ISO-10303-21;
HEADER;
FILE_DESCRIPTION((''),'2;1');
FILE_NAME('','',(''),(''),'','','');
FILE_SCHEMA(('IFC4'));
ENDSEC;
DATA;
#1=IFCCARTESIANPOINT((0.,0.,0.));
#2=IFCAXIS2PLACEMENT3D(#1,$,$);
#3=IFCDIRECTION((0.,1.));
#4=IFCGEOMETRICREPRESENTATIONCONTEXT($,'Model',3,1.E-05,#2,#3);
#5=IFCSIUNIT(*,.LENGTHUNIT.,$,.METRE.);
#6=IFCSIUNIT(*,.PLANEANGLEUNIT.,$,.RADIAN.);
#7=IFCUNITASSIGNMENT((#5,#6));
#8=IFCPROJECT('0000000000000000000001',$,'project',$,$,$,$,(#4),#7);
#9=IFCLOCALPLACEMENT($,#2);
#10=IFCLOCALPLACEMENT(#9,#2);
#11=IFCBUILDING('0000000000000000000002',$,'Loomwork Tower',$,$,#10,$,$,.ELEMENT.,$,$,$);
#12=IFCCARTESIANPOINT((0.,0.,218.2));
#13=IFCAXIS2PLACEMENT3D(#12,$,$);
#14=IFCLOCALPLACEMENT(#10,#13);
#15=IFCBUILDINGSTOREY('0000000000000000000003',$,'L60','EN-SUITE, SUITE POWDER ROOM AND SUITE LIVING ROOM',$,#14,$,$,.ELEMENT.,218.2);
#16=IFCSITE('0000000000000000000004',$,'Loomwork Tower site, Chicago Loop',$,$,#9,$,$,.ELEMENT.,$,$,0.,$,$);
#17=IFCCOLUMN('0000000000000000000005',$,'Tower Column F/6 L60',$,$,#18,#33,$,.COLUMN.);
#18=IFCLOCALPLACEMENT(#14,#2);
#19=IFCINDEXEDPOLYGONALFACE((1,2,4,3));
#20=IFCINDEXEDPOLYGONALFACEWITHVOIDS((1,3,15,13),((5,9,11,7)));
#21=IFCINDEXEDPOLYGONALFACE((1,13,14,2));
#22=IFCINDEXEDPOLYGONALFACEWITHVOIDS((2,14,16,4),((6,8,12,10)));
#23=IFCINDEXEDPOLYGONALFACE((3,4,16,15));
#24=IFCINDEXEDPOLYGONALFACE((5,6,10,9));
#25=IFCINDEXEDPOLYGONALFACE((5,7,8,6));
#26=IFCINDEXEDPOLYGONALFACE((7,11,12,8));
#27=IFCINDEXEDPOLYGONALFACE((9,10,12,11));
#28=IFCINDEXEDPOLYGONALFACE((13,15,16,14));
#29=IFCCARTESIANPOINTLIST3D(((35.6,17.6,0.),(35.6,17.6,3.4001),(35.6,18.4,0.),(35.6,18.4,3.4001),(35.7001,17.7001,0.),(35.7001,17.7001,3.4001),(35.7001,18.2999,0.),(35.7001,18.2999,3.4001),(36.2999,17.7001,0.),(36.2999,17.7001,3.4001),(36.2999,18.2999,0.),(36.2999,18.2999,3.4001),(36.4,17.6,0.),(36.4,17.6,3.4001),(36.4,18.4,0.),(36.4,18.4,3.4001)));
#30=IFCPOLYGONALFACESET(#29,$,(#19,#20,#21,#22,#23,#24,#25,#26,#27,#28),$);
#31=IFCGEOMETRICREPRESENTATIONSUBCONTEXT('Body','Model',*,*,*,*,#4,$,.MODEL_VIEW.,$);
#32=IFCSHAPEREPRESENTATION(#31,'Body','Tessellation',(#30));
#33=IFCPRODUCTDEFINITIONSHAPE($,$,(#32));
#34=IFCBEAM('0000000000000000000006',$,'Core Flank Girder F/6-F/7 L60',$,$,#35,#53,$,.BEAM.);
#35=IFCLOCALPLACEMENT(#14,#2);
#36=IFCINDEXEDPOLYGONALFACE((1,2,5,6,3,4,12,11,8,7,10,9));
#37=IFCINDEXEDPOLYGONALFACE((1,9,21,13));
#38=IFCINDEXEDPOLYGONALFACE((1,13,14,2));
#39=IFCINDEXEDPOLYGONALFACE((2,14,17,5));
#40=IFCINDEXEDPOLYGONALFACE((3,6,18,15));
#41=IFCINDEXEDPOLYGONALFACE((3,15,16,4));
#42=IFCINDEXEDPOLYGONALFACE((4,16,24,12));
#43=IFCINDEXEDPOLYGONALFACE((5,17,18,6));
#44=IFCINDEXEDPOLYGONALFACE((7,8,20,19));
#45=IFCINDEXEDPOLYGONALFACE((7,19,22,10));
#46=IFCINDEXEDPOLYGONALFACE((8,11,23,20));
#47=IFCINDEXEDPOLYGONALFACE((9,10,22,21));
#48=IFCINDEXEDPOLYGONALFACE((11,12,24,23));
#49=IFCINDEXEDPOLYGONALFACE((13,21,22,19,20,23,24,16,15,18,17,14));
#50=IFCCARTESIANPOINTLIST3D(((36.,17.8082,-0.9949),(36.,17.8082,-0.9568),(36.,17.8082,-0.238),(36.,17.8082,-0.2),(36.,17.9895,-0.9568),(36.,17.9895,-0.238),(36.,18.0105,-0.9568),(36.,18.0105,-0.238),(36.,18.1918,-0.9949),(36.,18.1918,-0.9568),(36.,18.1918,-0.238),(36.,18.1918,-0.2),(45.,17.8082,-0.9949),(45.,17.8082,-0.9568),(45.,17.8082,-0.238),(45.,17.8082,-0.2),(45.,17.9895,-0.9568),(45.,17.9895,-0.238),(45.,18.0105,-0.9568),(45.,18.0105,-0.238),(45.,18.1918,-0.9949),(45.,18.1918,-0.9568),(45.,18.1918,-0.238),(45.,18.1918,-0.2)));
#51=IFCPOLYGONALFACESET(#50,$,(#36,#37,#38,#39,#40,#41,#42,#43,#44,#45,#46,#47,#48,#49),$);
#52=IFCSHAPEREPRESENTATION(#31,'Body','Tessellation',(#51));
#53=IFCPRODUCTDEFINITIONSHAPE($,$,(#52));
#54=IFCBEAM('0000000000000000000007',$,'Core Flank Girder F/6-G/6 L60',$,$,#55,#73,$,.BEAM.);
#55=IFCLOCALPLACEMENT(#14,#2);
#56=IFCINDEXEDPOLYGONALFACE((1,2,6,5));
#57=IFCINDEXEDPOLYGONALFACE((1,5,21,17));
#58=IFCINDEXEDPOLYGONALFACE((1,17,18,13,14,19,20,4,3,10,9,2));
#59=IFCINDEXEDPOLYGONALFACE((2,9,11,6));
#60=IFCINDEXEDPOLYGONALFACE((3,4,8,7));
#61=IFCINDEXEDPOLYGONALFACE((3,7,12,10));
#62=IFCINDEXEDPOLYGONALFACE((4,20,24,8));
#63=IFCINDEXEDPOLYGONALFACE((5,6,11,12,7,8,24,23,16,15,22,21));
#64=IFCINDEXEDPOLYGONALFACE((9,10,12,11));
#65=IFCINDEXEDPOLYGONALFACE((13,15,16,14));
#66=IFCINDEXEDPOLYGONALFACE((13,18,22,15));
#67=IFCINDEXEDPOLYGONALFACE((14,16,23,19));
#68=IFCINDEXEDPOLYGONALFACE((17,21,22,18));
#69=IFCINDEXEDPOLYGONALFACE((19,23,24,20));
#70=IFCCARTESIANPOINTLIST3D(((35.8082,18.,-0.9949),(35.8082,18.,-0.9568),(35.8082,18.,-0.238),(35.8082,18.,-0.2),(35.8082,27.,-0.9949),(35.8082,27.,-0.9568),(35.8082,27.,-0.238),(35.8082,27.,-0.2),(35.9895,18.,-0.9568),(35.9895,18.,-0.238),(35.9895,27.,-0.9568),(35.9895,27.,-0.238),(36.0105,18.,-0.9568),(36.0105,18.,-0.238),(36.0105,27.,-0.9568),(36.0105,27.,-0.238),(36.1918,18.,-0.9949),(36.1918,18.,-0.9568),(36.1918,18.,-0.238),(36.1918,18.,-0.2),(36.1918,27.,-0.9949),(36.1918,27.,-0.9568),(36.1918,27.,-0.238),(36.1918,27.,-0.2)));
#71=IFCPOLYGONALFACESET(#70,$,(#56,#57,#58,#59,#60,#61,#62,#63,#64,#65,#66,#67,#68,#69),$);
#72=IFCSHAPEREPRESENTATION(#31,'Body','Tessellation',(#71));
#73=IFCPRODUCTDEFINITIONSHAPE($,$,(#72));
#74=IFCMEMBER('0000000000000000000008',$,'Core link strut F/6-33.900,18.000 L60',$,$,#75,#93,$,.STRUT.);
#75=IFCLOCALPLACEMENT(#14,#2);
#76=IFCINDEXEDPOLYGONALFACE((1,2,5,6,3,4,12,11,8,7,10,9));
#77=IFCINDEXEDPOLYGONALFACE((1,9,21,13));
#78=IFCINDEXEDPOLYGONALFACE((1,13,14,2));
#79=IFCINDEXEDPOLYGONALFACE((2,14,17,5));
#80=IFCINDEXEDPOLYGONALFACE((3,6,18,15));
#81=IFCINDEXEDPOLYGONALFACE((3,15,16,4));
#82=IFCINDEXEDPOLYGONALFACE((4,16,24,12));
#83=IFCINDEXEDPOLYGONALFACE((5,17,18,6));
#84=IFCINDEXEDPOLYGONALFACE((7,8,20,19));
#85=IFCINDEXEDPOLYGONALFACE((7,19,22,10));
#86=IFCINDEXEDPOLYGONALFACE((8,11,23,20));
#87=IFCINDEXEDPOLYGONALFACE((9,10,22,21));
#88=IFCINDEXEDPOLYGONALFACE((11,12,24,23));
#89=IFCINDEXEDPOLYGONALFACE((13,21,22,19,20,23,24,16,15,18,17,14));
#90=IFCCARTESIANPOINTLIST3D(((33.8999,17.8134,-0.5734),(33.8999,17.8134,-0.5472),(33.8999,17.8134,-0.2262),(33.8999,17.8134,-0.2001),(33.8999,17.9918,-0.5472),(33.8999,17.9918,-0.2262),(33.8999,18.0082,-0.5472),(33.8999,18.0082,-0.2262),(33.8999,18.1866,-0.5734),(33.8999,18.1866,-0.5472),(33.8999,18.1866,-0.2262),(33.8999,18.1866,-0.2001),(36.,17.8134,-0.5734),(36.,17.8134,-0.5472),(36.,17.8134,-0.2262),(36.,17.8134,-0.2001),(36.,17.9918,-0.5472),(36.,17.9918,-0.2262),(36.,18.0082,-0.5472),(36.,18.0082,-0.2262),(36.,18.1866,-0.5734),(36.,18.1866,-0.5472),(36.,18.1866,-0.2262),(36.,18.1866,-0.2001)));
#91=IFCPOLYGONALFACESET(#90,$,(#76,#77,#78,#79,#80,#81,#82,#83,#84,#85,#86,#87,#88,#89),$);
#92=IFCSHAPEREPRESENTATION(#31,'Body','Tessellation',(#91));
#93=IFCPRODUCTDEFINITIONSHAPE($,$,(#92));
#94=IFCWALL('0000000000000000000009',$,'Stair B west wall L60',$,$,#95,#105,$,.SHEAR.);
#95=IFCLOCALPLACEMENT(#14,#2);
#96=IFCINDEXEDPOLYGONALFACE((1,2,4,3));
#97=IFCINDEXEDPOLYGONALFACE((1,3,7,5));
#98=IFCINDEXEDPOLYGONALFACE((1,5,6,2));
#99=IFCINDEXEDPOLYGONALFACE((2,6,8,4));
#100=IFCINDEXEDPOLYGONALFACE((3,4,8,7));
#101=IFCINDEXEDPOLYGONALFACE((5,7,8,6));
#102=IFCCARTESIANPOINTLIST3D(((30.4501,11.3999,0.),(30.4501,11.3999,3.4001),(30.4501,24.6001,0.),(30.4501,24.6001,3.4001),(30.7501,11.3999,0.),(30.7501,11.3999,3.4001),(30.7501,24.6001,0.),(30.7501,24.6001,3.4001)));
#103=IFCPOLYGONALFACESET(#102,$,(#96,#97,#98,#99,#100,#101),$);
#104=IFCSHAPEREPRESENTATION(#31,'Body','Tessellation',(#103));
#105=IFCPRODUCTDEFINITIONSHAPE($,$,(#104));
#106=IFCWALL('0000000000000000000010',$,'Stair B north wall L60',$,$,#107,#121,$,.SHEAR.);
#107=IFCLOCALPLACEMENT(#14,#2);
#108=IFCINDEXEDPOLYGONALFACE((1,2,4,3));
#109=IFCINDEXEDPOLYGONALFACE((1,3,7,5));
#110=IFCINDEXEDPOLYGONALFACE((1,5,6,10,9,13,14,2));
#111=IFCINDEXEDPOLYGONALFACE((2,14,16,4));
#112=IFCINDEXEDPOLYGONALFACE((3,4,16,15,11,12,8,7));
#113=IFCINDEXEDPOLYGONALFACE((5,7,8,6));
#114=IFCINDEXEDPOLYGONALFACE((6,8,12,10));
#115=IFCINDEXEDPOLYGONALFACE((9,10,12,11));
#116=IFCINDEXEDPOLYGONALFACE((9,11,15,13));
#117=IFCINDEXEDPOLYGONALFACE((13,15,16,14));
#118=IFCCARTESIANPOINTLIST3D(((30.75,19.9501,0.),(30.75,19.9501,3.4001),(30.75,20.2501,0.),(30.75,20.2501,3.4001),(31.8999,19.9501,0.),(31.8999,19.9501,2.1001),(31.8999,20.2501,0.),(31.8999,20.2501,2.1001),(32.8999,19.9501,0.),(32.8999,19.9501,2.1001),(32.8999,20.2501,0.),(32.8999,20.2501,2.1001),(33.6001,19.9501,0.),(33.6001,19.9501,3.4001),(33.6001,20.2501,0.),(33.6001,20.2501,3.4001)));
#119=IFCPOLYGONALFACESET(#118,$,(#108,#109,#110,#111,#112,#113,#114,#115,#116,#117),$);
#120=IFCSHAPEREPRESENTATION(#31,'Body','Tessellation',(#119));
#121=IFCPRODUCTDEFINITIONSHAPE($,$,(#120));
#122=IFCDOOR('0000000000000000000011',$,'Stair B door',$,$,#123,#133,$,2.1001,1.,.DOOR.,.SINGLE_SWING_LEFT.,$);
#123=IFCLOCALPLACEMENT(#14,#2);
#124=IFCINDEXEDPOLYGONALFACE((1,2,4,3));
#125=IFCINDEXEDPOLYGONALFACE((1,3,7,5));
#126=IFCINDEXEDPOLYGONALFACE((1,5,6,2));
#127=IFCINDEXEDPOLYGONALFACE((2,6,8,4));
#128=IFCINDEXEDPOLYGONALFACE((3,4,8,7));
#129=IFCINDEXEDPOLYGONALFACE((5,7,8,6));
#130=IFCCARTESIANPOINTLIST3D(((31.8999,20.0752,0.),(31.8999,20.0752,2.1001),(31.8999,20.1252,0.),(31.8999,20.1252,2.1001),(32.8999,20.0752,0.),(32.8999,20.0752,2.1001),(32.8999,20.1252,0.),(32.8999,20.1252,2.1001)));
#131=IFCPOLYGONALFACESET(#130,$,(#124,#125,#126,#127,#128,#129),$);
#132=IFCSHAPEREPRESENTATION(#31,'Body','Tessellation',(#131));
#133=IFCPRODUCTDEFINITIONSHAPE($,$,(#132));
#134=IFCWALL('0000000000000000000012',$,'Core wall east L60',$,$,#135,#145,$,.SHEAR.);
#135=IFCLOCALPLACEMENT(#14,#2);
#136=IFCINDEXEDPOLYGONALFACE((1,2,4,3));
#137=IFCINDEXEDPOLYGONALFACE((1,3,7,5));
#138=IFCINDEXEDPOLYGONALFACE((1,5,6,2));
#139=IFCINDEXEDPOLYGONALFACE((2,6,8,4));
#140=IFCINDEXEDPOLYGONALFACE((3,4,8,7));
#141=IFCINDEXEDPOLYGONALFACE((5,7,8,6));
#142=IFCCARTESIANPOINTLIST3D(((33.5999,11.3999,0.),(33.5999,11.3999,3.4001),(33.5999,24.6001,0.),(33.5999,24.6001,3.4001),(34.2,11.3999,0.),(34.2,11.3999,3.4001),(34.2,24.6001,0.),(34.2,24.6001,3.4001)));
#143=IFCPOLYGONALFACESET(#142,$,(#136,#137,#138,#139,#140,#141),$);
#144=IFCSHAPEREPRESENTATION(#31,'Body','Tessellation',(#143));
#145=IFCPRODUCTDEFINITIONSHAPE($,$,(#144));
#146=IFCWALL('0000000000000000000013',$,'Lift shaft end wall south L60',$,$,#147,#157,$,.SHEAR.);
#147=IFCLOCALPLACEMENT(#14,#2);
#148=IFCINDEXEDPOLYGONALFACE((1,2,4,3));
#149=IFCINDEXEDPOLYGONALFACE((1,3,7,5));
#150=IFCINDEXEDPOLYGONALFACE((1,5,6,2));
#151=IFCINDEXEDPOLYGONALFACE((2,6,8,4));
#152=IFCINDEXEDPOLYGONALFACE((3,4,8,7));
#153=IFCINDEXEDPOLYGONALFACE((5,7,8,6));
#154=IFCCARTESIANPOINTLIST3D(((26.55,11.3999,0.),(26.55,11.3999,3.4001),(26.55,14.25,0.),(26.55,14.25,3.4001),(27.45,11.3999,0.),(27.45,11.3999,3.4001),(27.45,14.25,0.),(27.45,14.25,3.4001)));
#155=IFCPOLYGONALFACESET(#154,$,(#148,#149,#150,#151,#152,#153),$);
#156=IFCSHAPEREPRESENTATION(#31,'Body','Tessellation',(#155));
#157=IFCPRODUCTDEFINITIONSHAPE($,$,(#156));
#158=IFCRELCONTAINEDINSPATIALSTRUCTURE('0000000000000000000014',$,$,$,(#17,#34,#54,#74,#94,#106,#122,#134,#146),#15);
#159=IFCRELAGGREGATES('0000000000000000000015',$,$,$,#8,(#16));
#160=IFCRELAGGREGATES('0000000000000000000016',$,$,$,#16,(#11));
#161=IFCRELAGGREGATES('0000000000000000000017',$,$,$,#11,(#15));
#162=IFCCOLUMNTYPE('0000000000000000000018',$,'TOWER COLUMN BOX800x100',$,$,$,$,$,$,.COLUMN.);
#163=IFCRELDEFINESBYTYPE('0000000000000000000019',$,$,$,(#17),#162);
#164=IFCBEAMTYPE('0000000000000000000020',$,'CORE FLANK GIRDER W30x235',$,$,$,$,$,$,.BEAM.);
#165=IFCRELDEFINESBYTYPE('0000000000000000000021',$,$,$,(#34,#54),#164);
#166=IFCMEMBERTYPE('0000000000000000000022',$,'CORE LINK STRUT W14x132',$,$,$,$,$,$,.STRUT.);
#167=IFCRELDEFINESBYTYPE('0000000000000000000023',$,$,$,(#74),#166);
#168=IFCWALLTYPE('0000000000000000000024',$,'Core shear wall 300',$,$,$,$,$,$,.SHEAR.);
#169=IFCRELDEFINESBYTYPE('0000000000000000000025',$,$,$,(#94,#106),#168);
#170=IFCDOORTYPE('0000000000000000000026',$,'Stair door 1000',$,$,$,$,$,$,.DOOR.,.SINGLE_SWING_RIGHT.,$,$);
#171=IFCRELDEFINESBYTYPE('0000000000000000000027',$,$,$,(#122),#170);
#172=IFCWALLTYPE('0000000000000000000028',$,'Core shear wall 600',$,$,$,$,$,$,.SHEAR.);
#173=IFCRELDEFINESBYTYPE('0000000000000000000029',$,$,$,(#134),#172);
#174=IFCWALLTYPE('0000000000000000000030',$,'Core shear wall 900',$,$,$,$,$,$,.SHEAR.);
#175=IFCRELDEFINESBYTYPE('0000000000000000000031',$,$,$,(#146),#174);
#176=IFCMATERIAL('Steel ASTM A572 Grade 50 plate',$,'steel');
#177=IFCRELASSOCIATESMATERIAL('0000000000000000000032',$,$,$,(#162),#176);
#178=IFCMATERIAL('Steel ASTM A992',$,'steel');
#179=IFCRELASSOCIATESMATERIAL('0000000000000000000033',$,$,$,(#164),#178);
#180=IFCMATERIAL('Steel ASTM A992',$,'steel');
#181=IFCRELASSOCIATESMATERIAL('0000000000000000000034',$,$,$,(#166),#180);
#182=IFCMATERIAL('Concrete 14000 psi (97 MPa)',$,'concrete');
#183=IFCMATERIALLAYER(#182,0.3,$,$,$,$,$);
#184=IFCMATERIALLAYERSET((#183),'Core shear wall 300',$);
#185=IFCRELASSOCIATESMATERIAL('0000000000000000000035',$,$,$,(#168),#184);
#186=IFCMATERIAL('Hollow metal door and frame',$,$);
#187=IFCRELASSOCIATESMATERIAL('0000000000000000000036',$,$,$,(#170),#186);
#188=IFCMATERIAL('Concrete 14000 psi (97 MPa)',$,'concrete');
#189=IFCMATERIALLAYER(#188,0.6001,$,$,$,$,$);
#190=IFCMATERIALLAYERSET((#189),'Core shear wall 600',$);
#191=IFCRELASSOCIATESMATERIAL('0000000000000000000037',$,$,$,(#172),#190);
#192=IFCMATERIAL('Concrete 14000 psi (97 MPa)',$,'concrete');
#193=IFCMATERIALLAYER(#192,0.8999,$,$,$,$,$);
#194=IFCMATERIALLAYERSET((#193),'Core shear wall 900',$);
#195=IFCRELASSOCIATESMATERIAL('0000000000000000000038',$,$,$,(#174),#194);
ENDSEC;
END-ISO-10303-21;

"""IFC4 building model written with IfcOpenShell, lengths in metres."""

from ifc_helpers import new_model, si_unit, direction, frame, frame_2d, origin, origin_2d, place, context, subcontext, project, spatial, rectangle, hollow_rectangle, i_section, extrude, material, layer, layer_set, material_profile, profile_set, type_object, element, fill, save


model = new_model("IFC4")

# Units and contexts
model_context = context("Model", 3, precision=1e-05, world=origin(), true_north=direction((0.0, 1.0)))
body_context = subcontext(model_context, "Body", "Model", "MODEL_VIEW")
ifc_project = project(units=[si_unit("LENGTHUNIT", "METRE"), si_unit("PLANEANGLEUNIT", "RADIAN")], contexts=[model_context])

# Site, building, storey
site_placement = place(None, origin())
site = spatial("IfcSite", under=ifc_project, at=site_placement, Name="Loomwork Tower site, Chicago Loop", CompositionType="ELEMENT", RefElevation=0.0)
building_placement = place(site_placement, origin())
building = spatial("IfcBuilding", under=site, at=building_placement, Name="Loomwork Tower", CompositionType="ELEMENT")
storey_placement = place(building_placement, frame((0.0, 0.0, 218.2)))
storey = spatial("IfcBuildingStorey", under=building, at=storey_placement, Name="L60", Description="EN-SUITE, SUITE POWDER ROOM AND SUITE LIVING ROOM", CompositionType="ELEMENT", Elevation=218.2)

# Column
ifc_material_1 = material(Name="Steel ASTM A572 Grade 50 plate", Category="steel")
ifc_material_profile_1 = material_profile(ifc_material_1, hollow_rectangle(XDim=0.8, YDim=0.8, WallThickness=0.1001, at=origin_2d()), Name="BOX800x100")
ifc_profile_set_1 = profile_set([ifc_material_profile_1], Name="Steel ASTM A572 Grade 50 plate")
column_type = type_object("IfcColumnType", Name="TOWER COLUMN BOX800x100", PredefinedType="COLUMN", material=ifc_profile_set_1)
column_placement = place(storey_placement, frame((36.0, 18.0, 0.0), z_axis=(0.0, 0.0, 1.0), x_axis=(0.0, 1.0, 0.0)))
element("IfcColumn", 1, at=column_placement, inside=storey, type_object=column_type, Name="Tower Column F/6 L60", PredefinedType="COLUMN", context=body_context, shape_type="SweptSolid", body=[
    extrude(hollow_rectangle(XDim=0.8, YDim=0.8, WallThickness=0.1001, at=origin_2d()), origin(), (0.0, 0.0, 1.0), 3.4001),
])

# Beams
ifc_material_2 = material(Name="Steel ASTM A992", Category="steel")
ifc_material_profile_2 = material_profile(ifc_material_2, i_section(OverallWidth=0.3835, OverallDepth=0.7949, WebThickness=0.021, FlangeThickness=0.0381, at=origin_2d()), Name="W30x235")
ifc_profile_set_2 = profile_set([ifc_material_profile_2], Name="Steel ASTM A992")
beam_type = type_object("IfcBeamType", Name="CORE FLANK GIRDER W30x235", PredefinedType="BEAM", material=ifc_profile_set_2)
for number, where, z_axis, x_axis, name in (
    (2, (36.0, 18.0, -0.5974), (1.0, 0.0, 0.0), (0.0, 1.0, 0.0), "Core Flank Girder F/6-F/7 L60"),
    (3, (36.0, 18.0, -0.5974), (0.0, 1.0, 0.0), (-1.0, 0.0, 0.0), "Core Flank Girder F/6-G/6 L60"),
):
    element("IfcBeam", number, at=place(storey_placement, frame(where, z_axis=z_axis, x_axis=x_axis)), inside=storey, type_object=beam_type, Name=name, PredefinedType="BEAM", context=body_context, shape_type="SweptSolid", body=[
        extrude(i_section(OverallWidth=0.3835, OverallDepth=0.7949, WebThickness=0.021, FlangeThickness=0.0381, at=origin_2d()), origin(), (0.0, 0.0, 1.0), 9.0),
    ])

# Member
ifc_material_3 = material(Name="Steel ASTM A992", Category="steel")
ifc_material_profile_3 = material_profile(ifc_material_3, i_section(OverallWidth=0.3733, OverallDepth=0.3733, WebThickness=0.0164, FlangeThickness=0.0261, at=origin_2d()), Name="W14x132")
ifc_profile_set_3 = profile_set([ifc_material_profile_3], Name="Steel ASTM A992")
member_type = type_object("IfcMemberType", Name="CORE LINK STRUT W14x132", PredefinedType="STRUT", material=ifc_profile_set_3)
member_placement = place(storey_placement, frame((36.0, 18.0, -0.3867), z_axis=(-1.0, 0.0, 0.0), x_axis=(0.0, -1.0, 0.0)))
element("IfcMember", 4, at=member_placement, inside=storey, type_object=member_type, Name="Core link strut F/6-33.900,18.000 L60", PredefinedType="STRUT", context=body_context, shape_type="SweptSolid", body=[
    extrude(i_section(OverallWidth=0.3733, OverallDepth=0.3733, WebThickness=0.0164, FlangeThickness=0.0261, at=origin_2d()), origin(), (0.0, 0.0, 1.0), 2.1001),
])

# Wall
ifc_material_4 = material(Name="Concrete 14000 psi (97 MPa)", Category="concrete")
ifc_layer_1 = layer(ifc_material_4, 0.3)
ifc_layer_set_1 = layer_set([ifc_layer_1], Name="Core shear wall 300")
wall_type_1 = type_object("IfcWallType", Name="Core shear wall 300", PredefinedType="SHEAR", material=ifc_layer_set_1)
wall_1_placement = place(storey_placement, frame((30.6001, 11.3999, 0.0), z_axis=(0.0, 0.0, 1.0), x_axis=(0.0, 1.0, 0.0)))
element("IfcWall", 5, at=wall_1_placement, inside=storey, type_object=wall_type_1, Name="Stair B west wall L60", PredefinedType="SHEAR", context=body_context, shape_type="SweptSolid", body=[
    extrude(rectangle(XDim=13.2002, YDim=0.3, at=frame_2d((6.6001, 0.0))), origin(), (0.0, 0.0, 1.0), 3.4001),
])

# Wall, opening, door
wall_2_placement = place(storey_placement, frame((30.75, 20.1001, 0.0), z_axis=(0.0, 0.0, 1.0), x_axis=(1.0, 0.0, 0.0)))
wall_2 = element("IfcWall", 6, at=wall_2_placement, inside=storey, type_object=wall_type_1, Name="Stair B north wall L60", PredefinedType="SHEAR", context=body_context, shape_type="SweptSolid", body=[
    extrude(rectangle(XDim=2.8501, YDim=0.3, at=frame_2d((1.425, 0.0))), origin(), (0.0, 0.0, 1.0), 3.4001),
])
opening_1_placement = place(wall_2_placement, frame((1.1499, 0.0, 0.0)))
opening_1 = element("IfcOpeningElement", 7, at=opening_1_placement, cuts=wall_2, PredefinedType="OPENING", context=body_context, shape_type="SweptSolid", body=[
    extrude(rectangle(XDim=1.0, YDim=2.1001, at=frame_2d((0.5, 1.05))), frame((0.0, 0.1599, 0.0), z_axis=(0.0, -1.0, 0.0), x_axis=(1.0, 0.0, 0.0)), (0.0, 0.0, 1.0), 0.3201),
])
ifc_material_5 = material(Name="Hollow metal door and frame")
door_type_1 = type_object("IfcDoorType", Name="Stair door 1000", OperationType="SINGLE_SWING_RIGHT", PredefinedType="DOOR", material=ifc_material_5)
door_1_placement = place(opening_1_placement, frame((1.0, 0.0, 0.0), z_axis=(0.0, 0.0, 1.0), x_axis=(-1.0, 0.0, 0.0)))
door_1 = element("IfcDoor", 8, at=door_1_placement, inside=storey, type_object=door_type_1, Name="Stair B door", OperationType="SINGLE_SWING_LEFT", OverallHeight=2.1001, OverallWidth=1.0, PredefinedType="DOOR", context=body_context, shape_type="SweptSolid", body=[
    extrude(rectangle(XDim=1.0, YDim=2.1001, at=frame_2d((0.5, 1.05))), frame((0.0, 0.0249, 0.0), z_axis=(0.0, -1.0, 0.0), x_axis=(1.0, 0.0, 0.0)), (0.0, 0.0, 1.0), 0.05),
])
fill(opening_1, door_1)

# Walls
ifc_material_6 = material(Name="Concrete 14000 psi (97 MPa)", Category="concrete")
ifc_layer_2 = layer(ifc_material_6, 0.6001)
ifc_layer_set_2 = layer_set([ifc_layer_2], Name="Core shear wall 600")
wall_type_2 = type_object("IfcWallType", Name="Core shear wall 600", PredefinedType="SHEAR", material=ifc_layer_set_2)
wall_3_placement = place(storey_placement, frame((33.8999, 11.3999, 0.0), z_axis=(0.0, 0.0, 1.0), x_axis=(0.0, 1.0, 0.0)))
element("IfcWall", 9, at=wall_3_placement, inside=storey, type_object=wall_type_2, Name="Core wall east L60", PredefinedType="SHEAR", context=body_context, shape_type="SweptSolid", body=[
    extrude(rectangle(XDim=13.2002, YDim=0.6001, at=frame_2d((6.6001, 0.0))), origin(), (0.0, 0.0, 1.0), 3.4001),
])
ifc_material_7 = material(Name="Concrete 14000 psi (97 MPa)", Category="concrete")
ifc_layer_3 = layer(ifc_material_7, 0.8999)
ifc_layer_set_3 = layer_set([ifc_layer_3], Name="Core shear wall 900")
wall_type_3 = type_object("IfcWallType", Name="Core shear wall 900", PredefinedType="SHEAR", material=ifc_layer_set_3)
wall_4_placement = place(storey_placement, frame((27.0, 11.3999, 0.0), z_axis=(0.0, 0.0, 1.0), x_axis=(0.0, 1.0, 0.0)))
element("IfcWall", 10, at=wall_4_placement, inside=storey, type_object=wall_type_3, Name="Lift shaft end wall south L60", PredefinedType="SHEAR", context=body_context, shape_type="SweptSolid", body=[
    extrude(rectangle(XDim=2.8501, YDim=0.8999, at=frame_2d((1.425, 0.0))), origin(), (0.0, 0.0, 1.0), 3.4001),
])

save(model, "model.ifc")
